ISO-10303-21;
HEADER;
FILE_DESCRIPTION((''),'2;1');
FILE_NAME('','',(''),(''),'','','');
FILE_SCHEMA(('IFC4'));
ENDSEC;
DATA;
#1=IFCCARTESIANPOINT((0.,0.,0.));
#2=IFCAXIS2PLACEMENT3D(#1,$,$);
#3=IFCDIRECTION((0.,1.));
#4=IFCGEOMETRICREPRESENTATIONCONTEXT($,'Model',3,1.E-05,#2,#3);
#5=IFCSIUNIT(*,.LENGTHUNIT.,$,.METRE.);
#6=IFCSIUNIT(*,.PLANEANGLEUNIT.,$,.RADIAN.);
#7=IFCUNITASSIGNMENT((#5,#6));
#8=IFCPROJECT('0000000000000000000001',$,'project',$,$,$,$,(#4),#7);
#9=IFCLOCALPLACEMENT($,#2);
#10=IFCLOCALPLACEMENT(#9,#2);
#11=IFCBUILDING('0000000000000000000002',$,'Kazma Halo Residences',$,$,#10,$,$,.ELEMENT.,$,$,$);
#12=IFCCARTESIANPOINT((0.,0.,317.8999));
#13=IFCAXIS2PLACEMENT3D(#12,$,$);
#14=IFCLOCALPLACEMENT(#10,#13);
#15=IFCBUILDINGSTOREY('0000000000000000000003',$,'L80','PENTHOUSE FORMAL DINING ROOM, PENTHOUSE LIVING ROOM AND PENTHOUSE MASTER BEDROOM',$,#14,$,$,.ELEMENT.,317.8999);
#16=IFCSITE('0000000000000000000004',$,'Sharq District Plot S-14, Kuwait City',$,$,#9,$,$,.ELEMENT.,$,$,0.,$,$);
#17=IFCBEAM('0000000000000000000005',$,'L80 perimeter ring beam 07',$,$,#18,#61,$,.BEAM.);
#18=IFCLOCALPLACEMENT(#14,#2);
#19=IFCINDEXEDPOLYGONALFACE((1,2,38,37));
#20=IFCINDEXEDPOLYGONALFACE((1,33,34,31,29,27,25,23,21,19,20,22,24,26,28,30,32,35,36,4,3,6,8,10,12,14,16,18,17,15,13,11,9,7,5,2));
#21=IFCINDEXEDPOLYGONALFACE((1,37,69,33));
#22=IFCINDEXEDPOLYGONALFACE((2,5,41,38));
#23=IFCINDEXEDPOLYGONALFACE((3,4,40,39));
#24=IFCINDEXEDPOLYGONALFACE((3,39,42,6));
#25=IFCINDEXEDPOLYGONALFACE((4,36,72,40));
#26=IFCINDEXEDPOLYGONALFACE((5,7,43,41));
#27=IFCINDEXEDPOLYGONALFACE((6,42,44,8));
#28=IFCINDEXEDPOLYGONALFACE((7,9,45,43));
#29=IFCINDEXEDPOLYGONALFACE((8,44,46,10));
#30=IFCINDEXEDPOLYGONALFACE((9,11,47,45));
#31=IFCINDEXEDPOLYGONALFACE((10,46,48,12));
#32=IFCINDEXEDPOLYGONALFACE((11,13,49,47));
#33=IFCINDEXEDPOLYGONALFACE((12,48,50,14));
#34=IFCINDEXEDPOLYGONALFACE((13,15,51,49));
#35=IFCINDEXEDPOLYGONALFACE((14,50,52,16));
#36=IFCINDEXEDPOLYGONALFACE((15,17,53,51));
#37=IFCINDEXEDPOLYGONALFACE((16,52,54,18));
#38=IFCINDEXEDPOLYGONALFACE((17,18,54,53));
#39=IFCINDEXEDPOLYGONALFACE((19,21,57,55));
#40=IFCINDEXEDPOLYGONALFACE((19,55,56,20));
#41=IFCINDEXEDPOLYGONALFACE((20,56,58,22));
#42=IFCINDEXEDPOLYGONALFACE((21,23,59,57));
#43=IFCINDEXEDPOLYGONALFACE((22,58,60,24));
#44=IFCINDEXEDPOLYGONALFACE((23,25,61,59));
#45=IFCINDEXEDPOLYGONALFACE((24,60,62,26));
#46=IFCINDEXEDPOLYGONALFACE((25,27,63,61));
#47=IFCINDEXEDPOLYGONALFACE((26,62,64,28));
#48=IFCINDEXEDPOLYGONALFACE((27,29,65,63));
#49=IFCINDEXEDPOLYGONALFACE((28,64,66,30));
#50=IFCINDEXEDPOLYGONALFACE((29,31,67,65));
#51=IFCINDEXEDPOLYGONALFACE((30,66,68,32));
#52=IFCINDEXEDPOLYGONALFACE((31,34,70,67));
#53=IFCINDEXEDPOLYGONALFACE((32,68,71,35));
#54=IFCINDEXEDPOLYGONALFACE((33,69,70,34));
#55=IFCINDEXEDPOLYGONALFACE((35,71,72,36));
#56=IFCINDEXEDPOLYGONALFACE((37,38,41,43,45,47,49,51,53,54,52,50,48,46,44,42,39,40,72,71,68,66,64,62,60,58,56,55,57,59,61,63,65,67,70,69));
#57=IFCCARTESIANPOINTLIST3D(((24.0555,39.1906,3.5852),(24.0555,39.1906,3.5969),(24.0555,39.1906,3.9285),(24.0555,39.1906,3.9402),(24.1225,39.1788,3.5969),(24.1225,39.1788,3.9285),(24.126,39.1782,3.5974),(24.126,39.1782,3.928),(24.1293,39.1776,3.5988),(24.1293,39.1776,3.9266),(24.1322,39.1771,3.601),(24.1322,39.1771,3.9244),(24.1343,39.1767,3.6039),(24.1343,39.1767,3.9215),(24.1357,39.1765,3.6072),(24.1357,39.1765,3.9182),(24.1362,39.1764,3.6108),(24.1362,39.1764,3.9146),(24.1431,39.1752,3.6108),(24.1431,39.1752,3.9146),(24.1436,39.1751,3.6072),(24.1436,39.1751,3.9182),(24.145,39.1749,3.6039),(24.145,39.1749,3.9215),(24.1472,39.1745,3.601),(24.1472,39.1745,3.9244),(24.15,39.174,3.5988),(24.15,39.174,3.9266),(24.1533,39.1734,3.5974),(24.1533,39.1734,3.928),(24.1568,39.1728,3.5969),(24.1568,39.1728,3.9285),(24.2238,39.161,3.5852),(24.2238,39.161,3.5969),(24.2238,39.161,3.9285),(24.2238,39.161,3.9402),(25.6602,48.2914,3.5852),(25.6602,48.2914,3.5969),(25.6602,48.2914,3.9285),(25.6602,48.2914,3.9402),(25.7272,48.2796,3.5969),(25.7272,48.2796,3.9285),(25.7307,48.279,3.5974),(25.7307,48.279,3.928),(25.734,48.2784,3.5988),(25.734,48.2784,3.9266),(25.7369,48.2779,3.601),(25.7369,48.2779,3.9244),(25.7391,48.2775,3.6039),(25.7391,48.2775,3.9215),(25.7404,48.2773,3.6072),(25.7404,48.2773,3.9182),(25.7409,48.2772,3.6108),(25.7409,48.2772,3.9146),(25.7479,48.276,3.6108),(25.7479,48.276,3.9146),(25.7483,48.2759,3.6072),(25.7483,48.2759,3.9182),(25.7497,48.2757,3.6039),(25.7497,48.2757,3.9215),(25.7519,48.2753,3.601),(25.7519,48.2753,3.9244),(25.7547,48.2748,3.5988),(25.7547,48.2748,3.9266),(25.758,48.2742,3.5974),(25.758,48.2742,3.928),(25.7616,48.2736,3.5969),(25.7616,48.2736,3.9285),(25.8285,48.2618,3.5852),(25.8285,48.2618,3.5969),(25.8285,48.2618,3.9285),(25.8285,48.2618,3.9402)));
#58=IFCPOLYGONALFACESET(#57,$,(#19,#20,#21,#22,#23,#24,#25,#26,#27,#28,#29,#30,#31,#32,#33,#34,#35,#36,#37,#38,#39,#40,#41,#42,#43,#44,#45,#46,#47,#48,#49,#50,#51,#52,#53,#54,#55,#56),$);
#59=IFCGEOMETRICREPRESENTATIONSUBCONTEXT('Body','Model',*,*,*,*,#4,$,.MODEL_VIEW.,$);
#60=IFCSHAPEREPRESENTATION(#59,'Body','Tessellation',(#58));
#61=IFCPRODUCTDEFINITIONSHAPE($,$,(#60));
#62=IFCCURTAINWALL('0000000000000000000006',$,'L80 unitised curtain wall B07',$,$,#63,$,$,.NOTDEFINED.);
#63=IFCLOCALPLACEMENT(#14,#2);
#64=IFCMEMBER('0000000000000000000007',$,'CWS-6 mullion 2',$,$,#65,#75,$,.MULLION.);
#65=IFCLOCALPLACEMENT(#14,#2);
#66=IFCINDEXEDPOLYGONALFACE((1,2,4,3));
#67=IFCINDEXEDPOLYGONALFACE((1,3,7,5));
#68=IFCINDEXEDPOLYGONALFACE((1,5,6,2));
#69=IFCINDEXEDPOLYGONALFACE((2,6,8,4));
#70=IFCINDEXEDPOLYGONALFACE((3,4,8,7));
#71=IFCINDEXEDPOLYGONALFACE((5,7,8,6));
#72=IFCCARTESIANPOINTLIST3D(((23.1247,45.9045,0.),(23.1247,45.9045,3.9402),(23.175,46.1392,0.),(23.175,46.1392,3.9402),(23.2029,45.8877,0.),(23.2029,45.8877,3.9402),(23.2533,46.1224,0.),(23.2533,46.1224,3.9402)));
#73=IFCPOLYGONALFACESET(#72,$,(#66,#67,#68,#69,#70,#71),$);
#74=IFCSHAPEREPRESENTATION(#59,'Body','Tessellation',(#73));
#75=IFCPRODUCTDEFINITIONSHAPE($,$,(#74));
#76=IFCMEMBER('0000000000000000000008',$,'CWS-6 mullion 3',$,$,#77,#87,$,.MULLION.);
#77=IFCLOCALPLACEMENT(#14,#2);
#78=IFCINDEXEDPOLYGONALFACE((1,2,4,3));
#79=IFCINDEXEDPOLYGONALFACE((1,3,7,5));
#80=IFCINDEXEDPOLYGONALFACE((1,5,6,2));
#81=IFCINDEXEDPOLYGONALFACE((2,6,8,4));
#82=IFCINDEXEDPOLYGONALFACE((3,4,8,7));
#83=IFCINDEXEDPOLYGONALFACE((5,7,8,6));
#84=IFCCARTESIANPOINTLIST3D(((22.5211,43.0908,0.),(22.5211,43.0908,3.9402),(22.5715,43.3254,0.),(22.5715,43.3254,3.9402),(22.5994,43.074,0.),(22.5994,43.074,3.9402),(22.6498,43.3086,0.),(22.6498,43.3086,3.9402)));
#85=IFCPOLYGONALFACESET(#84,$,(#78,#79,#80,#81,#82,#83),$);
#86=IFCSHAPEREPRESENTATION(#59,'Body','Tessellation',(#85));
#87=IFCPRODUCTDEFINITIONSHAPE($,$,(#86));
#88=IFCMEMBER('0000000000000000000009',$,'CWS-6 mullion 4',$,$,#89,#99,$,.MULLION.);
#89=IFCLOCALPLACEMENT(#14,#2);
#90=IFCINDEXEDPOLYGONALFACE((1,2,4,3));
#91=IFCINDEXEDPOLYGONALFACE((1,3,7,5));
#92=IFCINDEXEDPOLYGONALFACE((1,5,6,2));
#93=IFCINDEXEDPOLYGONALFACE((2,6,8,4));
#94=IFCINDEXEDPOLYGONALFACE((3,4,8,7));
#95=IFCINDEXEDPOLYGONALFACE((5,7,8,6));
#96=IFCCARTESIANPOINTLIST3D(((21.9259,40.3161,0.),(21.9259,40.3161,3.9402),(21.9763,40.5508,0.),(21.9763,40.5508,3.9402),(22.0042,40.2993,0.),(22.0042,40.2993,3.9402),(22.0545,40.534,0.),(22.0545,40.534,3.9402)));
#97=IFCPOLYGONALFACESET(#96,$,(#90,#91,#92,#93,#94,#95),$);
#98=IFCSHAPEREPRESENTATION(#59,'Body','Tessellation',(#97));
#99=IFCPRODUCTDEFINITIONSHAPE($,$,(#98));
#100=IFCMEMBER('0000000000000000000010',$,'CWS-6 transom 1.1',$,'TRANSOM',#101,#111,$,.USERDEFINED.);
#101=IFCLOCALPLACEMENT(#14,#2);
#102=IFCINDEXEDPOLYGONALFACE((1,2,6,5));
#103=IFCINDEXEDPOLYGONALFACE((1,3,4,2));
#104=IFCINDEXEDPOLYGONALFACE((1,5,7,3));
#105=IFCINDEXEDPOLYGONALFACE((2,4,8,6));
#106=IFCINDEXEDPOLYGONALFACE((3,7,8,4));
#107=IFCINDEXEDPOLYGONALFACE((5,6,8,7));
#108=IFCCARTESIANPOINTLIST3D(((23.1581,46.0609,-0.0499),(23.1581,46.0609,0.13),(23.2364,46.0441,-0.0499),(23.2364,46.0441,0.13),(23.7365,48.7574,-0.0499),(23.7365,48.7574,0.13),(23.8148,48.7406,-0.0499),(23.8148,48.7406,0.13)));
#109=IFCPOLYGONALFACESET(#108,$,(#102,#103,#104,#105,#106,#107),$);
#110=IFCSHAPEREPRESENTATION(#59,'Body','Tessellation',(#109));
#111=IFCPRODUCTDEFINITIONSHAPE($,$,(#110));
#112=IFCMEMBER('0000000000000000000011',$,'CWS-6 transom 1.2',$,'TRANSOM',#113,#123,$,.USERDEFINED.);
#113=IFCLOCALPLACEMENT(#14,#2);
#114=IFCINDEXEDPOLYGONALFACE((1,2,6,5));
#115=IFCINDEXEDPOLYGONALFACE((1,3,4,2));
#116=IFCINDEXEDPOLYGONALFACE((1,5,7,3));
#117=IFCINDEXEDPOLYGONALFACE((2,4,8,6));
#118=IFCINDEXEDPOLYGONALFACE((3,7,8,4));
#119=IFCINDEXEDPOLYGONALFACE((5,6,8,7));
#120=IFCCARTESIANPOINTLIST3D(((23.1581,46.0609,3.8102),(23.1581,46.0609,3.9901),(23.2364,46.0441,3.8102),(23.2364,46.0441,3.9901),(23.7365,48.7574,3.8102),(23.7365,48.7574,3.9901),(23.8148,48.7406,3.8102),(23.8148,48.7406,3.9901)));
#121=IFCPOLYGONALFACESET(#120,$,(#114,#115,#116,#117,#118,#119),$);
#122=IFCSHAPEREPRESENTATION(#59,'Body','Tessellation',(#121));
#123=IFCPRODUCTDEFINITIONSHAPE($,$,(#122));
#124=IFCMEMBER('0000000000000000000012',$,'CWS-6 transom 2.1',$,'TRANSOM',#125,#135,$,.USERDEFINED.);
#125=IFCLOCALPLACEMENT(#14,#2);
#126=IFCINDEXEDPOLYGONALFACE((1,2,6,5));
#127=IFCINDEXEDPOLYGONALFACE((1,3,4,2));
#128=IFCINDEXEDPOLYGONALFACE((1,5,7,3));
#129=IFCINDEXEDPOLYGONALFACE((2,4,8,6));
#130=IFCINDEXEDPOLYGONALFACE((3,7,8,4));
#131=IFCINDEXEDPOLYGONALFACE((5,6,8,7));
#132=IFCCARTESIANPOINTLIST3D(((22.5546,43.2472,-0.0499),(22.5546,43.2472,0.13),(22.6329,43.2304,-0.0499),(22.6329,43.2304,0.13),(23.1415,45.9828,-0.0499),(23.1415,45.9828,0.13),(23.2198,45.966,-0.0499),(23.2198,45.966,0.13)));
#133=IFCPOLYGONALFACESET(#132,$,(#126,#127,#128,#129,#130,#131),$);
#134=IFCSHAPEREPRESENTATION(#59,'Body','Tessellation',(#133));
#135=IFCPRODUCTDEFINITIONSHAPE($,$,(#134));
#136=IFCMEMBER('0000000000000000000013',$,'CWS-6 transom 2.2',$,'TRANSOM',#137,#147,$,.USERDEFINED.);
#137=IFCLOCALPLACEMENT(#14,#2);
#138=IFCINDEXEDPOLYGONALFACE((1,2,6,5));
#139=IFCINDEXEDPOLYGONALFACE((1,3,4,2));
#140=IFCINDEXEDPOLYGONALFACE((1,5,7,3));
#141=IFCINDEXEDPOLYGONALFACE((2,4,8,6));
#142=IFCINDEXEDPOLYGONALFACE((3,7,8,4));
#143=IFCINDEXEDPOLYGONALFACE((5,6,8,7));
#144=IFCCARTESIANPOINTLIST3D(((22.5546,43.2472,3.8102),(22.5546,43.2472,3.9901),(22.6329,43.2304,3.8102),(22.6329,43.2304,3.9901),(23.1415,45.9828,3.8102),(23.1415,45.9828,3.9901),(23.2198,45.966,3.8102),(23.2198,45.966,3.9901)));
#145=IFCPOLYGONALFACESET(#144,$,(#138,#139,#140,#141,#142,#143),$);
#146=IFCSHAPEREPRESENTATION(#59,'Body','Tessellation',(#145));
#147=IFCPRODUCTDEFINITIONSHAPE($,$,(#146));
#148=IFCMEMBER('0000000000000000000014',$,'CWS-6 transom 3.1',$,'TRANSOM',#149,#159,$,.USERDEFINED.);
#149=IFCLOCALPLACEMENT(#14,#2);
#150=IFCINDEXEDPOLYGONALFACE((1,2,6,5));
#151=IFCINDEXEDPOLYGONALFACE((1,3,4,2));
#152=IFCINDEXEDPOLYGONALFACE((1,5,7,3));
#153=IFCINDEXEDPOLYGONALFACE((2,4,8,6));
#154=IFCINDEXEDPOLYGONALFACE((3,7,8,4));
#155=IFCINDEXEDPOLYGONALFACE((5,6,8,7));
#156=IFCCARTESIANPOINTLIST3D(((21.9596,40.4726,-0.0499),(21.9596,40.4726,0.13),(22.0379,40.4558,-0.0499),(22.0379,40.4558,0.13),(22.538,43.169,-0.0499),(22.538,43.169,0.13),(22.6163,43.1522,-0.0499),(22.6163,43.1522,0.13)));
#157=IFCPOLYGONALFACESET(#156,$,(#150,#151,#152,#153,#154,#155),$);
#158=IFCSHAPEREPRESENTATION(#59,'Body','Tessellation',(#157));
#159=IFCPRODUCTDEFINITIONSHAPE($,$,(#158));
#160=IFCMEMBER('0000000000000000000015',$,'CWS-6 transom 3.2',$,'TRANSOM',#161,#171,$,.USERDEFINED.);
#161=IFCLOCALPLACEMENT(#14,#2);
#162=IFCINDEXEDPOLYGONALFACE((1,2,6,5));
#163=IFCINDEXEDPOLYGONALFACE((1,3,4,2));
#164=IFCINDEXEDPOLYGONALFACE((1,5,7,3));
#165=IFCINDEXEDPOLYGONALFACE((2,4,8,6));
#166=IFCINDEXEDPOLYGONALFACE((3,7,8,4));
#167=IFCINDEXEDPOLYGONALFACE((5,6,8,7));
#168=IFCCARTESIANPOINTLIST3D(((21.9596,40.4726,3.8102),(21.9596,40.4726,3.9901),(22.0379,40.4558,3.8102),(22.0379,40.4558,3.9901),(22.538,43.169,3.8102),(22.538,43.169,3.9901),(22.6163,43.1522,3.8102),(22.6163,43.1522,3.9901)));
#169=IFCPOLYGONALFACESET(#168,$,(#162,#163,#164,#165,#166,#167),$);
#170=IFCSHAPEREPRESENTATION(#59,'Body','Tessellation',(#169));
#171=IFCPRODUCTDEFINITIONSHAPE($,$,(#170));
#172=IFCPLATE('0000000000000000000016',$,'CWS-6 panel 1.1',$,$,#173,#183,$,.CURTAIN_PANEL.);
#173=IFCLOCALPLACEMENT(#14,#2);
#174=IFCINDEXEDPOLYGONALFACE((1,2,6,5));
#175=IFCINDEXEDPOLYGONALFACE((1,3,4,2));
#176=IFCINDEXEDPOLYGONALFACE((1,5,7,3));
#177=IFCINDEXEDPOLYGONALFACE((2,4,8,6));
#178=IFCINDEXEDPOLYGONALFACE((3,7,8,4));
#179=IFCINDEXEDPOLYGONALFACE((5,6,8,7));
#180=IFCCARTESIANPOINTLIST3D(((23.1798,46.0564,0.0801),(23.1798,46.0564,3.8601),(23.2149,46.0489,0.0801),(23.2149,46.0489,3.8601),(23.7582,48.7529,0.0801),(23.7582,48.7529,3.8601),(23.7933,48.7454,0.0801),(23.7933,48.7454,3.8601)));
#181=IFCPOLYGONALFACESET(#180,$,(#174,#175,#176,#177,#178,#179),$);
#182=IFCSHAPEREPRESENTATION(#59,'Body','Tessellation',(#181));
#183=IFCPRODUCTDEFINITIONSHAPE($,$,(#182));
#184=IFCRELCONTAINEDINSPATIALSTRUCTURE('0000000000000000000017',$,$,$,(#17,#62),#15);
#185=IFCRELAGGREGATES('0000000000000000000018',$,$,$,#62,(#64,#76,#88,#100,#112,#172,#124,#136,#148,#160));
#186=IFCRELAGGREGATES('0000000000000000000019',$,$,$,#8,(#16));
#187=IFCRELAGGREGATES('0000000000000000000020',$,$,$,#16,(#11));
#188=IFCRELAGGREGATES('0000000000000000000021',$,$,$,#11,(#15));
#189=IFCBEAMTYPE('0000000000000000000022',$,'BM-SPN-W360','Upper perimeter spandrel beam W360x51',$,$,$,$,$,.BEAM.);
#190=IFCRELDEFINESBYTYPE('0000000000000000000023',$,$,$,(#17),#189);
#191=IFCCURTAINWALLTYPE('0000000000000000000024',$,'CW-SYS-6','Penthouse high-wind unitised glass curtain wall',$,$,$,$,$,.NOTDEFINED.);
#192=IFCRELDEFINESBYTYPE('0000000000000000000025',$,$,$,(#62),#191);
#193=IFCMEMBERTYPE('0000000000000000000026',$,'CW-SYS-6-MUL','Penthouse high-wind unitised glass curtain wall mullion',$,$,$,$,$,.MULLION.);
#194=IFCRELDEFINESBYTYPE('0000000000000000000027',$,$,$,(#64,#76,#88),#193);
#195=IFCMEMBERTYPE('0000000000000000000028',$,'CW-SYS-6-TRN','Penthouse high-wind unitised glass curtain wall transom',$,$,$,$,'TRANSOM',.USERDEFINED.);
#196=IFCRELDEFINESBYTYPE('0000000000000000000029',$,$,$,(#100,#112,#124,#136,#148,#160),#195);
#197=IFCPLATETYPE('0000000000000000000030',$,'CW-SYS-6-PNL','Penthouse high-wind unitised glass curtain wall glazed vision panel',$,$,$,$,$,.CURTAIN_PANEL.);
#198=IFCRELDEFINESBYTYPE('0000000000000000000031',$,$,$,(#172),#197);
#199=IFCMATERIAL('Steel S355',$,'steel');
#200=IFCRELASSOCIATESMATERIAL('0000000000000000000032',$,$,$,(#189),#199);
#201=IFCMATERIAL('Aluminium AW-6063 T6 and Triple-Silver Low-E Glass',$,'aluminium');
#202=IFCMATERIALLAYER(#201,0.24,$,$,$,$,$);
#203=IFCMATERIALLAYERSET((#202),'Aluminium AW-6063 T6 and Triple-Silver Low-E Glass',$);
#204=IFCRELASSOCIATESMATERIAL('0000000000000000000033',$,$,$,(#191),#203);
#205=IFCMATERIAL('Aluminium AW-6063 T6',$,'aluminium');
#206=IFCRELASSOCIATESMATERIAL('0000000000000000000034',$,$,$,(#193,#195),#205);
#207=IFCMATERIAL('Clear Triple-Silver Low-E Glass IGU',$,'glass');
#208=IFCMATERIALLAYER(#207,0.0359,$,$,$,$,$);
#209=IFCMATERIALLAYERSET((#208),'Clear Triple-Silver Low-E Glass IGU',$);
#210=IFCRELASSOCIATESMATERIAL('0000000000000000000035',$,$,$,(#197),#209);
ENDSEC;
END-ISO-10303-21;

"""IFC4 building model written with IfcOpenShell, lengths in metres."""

from ifc_helpers import new_model, si_unit, direction, frame, origin, origin_2d, place, context, subcontext, project, spatial, rectangle, i_section, extrude, material, layer, layer_set, material_profile, profile_set, type_object, element, aggregate, save


model = new_model("IFC4")

# Units and contexts
model_context = context("Model", 3, precision=1e-05, world=origin(), true_north=direction((0.0, 1.0)))
body_context = subcontext(model_context, "Body", "Model", "MODEL_VIEW")
ifc_project = project(units=[si_unit("LENGTHUNIT", "METRE"), si_unit("PLANEANGLEUNIT", "RADIAN")], contexts=[model_context])

# Site, building, storey
site_placement = place(None, origin())
site = spatial("IfcSite", under=ifc_project, at=site_placement, Name="Sharq District Plot S-14, Kuwait City", CompositionType="ELEMENT", RefElevation=0.0)
building_placement = place(site_placement, origin())
building = spatial("IfcBuilding", under=site, at=building_placement, Name="Kazma Halo Residences", CompositionType="ELEMENT")
storey_placement = place(building_placement, frame((0.0, 0.0, 317.8999)))
storey = spatial("IfcBuildingStorey", under=building, at=storey_placement, Name="L80", Description="PENTHOUSE FORMAL DINING ROOM, PENTHOUSE LIVING ROOM AND PENTHOUSE MASTER BEDROOM", CompositionType="ELEMENT", Elevation=317.8999)

# Beam
ifc_material_1 = material(Name="Steel S355", Category="steel")
ifc_material_profile_1 = material_profile(ifc_material_1, i_section(OverallWidth=0.1709, OverallDepth=0.355, WebThickness=0.0071, FlangeThickness=0.0117, FilletRadius=0.0139, at=origin_2d()), Name="W360x51")
ifc_profile_set_1 = profile_set([ifc_material_profile_1], Name="Steel S355")
beam_type_1 = type_object("IfcBeamType", Name="BM-SPN-W360", Description="Upper perimeter spandrel beam W360x51", PredefinedType="BEAM", material=ifc_profile_set_1)
beam_1_placement = place(storey_placement, frame((25.7444, 48.2766, 3.7627), z_axis=(-0.17365, -0.984807, 0.0), x_axis=(0.984807, -0.17365, 0.0)))
element("IfcBeam", 1, at=beam_1_placement, inside=storey, type_object=beam_type_1, Name="L80 perimeter ring beam 07", PredefinedType="BEAM", context=body_context, shape_type="SweptSolid", body=[
    extrude(i_section(OverallWidth=0.1709, OverallDepth=0.355, WebThickness=0.0071, FlangeThickness=0.0117, FilletRadius=0.0139, at=origin_2d()), origin(), (0.0, 0.0, 1.0), 9.2412),
])

# Curtain wall, members, plate
ifc_material_2 = material(Name="Aluminium AW-6063 T6 and Triple-Silver Low-E Glass", Category="aluminium")
ifc_layer_1 = layer(ifc_material_2, 0.24)
ifc_layer_set_1 = layer_set([ifc_layer_1], Name="Aluminium AW-6063 T6 and Triple-Silver Low-E Glass")
curtain_wall_type = type_object("IfcCurtainWallType", Name="CW-SYS-6", Description="Penthouse high-wind unitised glass curtain wall", PredefinedType="NOTDEFINED", material=ifc_layer_set_1)
curtain_wall_placement = place(storey_placement, origin())
curtain_wall = element("IfcCurtainWall", 2, at=curtain_wall_placement, inside=storey, type_object=curtain_wall_type, Name="L80 unitised curtain wall B07", PredefinedType="NOTDEFINED")
ifc_material_3 = material(Name="Aluminium AW-6063 T6", Category="aluminium")
ifc_material_profile_2 = material_profile(ifc_material_3, rectangle(XDim=0.0801, YDim=0.24, at=origin_2d()), Name="CWM-80x240")
ifc_profile_set_2 = profile_set([ifc_material_profile_2], Name="Aluminium AW-6063 T6")
member_type_1 = type_object("IfcMemberType", Name="CW-SYS-6-MUL", Description="Penthouse high-wind unitised glass curtain wall mullion", PredefinedType="MULLION", material=ifc_profile_set_2)
member_1_placement = place(storey_placement, frame((23.189, 46.0134, 0.0), z_axis=(0.0, 0.0, 1.0), x_axis=(0.977761, -0.209723, 0.0)))
member_1 = element("IfcMember", 3, at=member_1_placement, type_object=member_type_1, Name="CWS-6 mullion 2", PredefinedType="MULLION", context=body_context, shape_type="SweptSolid", body=[
    extrude(rectangle(XDim=0.0801, YDim=0.24, at=origin_2d()), origin(), (0.0, 0.0, 1.0), 3.9402),
])
member_2_placement = place(storey_placement, frame((22.5854, 43.1997, 0.0), z_axis=(0.0, 0.0, 1.0), x_axis=(0.977761, -0.209723, 0.0)))
member_2 = element("IfcMember", 4, at=member_2_placement, type_object=member_type_1, Name="CWS-6 mullion 3", PredefinedType="MULLION", context=body_context, shape_type="SweptSolid", body=[
    extrude(rectangle(XDim=0.0801, YDim=0.24, at=origin_2d()), origin(), (0.0, 0.0, 1.0), 3.9402),
])
member_3_placement = place(storey_placement, frame((21.9902, 40.425, 0.0), z_axis=(0.0, 0.0, 1.0), x_axis=(0.977761, -0.209723, 0.0)))
member_3 = element("IfcMember", 5, at=member_3_placement, type_object=member_type_1, Name="CWS-6 mullion 4", PredefinedType="MULLION", context=body_context, shape_type="SweptSolid", body=[
    extrude(rectangle(XDim=0.0801, YDim=0.24, at=origin_2d()), origin(), (0.0, 0.0, 1.0), 3.9402),
])
ifc_material_profile_3 = material_profile(ifc_material_3, rectangle(XDim=0.0801, YDim=0.1799, at=origin_2d()), Name="CWT-80x180")
ifc_profile_set_3 = profile_set([ifc_material_profile_3], Name="Aluminium AW-6063 T6")
member_type_2 = type_object("IfcMemberType", Name="CW-SYS-6-TRN", Description="Penthouse high-wind unitised glass curtain wall transom", ElementType="TRANSOM", PredefinedType="USERDEFINED", material=ifc_profile_set_3)
member_4_placement = place(storey_placement, frame((23.7756, 48.749, 0.04), z_axis=(-0.209716, -0.977762, 0.0), x_axis=(0.977762, -0.209716, 0.0)))
member_4 = element("IfcMember", 6, at=member_4_placement, type_object=member_type_2, Name="CWS-6 transom 1.1", ObjectType="TRANSOM", PredefinedType="USERDEFINED", context=body_context, shape_type="SweptSolid", body=[
    extrude(rectangle(XDim=0.0801, YDim=0.1799, at=origin_2d()), origin(), (0.0, 0.0, 1.0), 2.7578),
])
member_5_placement = place(storey_placement, frame((23.7756, 48.749, 3.9001), z_axis=(-0.209716, -0.977762, 0.0), x_axis=(0.977762, -0.209716, 0.0)))
member_5 = element("IfcMember", 7, at=member_5_placement, type_object=member_type_2, Name="CWS-6 transom 1.2", ObjectType="TRANSOM", PredefinedType="USERDEFINED", context=body_context, shape_type="SweptSolid", body=[
    extrude(rectangle(XDim=0.0801, YDim=0.1799, at=origin_2d()), origin(), (0.0, 0.0, 1.0), 2.7578),
])
member_6_placement = place(storey_placement, frame((23.1807, 45.9744, 0.04), z_axis=(-0.209773, -0.97775, 0.0), x_axis=(0.97775, -0.209773, 0.0)))
member_6 = element("IfcMember", 8, at=member_6_placement, type_object=member_type_2, Name="CWS-6 transom 2.1", ObjectType="TRANSOM", PredefinedType="USERDEFINED", context=body_context, shape_type="SweptSolid", body=[
    extrude(rectangle(XDim=0.0801, YDim=0.1799, at=origin_2d()), origin(), (0.0, 0.0, 1.0), 2.7979),
])
member_7_placement = place(storey_placement, frame((23.1807, 45.9744, 3.9001), z_axis=(-0.209773, -0.97775, 0.0), x_axis=(0.97775, -0.209773, 0.0)))
member_7 = element("IfcMember", 9, at=member_7_placement, type_object=member_type_2, Name="CWS-6 transom 2.2", ObjectType="TRANSOM", PredefinedType="USERDEFINED", context=body_context, shape_type="SweptSolid", body=[
    extrude(rectangle(XDim=0.0801, YDim=0.1799, at=origin_2d()), origin(), (0.0, 0.0, 1.0), 2.7979),
])
member_8_placement = place(storey_placement, frame((22.5771, 43.1606, 0.04), z_axis=(-0.209716, -0.977762, 0.0), x_axis=(0.977762, -0.209716, 0.0)))
member_8 = element("IfcMember", 10, at=member_8_placement, type_object=member_type_2, Name="CWS-6 transom 3.1", ObjectType="TRANSOM", PredefinedType="USERDEFINED", context=body_context, shape_type="SweptSolid", body=[
    extrude(rectangle(XDim=0.0801, YDim=0.1799, at=origin_2d()), origin(), (0.0, 0.0, 1.0), 2.7578),
])
member_9_placement = place(storey_placement, frame((22.5771, 43.1606, 3.9001), z_axis=(-0.209716, -0.977762, 0.0), x_axis=(0.977762, -0.209716, 0.0)))
member_9 = element("IfcMember", 11, at=member_9_placement, type_object=member_type_2, Name="CWS-6 transom 3.2", ObjectType="TRANSOM", PredefinedType="USERDEFINED", context=body_context, shape_type="SweptSolid", body=[
    extrude(rectangle(XDim=0.0801, YDim=0.1799, at=origin_2d()), origin(), (0.0, 0.0, 1.0), 2.7578),
])
ifc_material_4 = material(Name="Clear Triple-Silver Low-E Glass IGU", Category="glass")
ifc_layer_2 = layer(ifc_material_4, 0.0359)
ifc_layer_set_2 = layer_set([ifc_layer_2], Name="Clear Triple-Silver Low-E Glass IGU")
plate_type = type_object("IfcPlateType", Name="CW-SYS-6-PNL", Description="Penthouse high-wind unitised glass curtain wall glazed vision panel", PredefinedType="CURTAIN_PANEL", material=ifc_layer_set_2)
plate_1_placement = place(storey_placement, frame((23.4866, 47.4009, 0.0801), z_axis=(0.0, 0.0, 1.0), x_axis=(-0.209723, -0.977761, 0.0)))
plate_1 = element("IfcPlate", 12, at=plate_1_placement, type_object=plate_type, Name="CWS-6 panel 1.1", PredefinedType="CURTAIN_PANEL", context=body_context, shape_type="SweptSolid", body=[
    extrude(rectangle(XDim=2.7578, YDim=0.0359, at=origin_2d()), origin(), (0.0, 0.0, 1.0), 3.78),
])
aggregate(curtain_wall, [member_1, member_2, member_3, member_4, member_5, plate_1, member_6, member_7, member_8, member_9])

save(model, "model.ifc")
